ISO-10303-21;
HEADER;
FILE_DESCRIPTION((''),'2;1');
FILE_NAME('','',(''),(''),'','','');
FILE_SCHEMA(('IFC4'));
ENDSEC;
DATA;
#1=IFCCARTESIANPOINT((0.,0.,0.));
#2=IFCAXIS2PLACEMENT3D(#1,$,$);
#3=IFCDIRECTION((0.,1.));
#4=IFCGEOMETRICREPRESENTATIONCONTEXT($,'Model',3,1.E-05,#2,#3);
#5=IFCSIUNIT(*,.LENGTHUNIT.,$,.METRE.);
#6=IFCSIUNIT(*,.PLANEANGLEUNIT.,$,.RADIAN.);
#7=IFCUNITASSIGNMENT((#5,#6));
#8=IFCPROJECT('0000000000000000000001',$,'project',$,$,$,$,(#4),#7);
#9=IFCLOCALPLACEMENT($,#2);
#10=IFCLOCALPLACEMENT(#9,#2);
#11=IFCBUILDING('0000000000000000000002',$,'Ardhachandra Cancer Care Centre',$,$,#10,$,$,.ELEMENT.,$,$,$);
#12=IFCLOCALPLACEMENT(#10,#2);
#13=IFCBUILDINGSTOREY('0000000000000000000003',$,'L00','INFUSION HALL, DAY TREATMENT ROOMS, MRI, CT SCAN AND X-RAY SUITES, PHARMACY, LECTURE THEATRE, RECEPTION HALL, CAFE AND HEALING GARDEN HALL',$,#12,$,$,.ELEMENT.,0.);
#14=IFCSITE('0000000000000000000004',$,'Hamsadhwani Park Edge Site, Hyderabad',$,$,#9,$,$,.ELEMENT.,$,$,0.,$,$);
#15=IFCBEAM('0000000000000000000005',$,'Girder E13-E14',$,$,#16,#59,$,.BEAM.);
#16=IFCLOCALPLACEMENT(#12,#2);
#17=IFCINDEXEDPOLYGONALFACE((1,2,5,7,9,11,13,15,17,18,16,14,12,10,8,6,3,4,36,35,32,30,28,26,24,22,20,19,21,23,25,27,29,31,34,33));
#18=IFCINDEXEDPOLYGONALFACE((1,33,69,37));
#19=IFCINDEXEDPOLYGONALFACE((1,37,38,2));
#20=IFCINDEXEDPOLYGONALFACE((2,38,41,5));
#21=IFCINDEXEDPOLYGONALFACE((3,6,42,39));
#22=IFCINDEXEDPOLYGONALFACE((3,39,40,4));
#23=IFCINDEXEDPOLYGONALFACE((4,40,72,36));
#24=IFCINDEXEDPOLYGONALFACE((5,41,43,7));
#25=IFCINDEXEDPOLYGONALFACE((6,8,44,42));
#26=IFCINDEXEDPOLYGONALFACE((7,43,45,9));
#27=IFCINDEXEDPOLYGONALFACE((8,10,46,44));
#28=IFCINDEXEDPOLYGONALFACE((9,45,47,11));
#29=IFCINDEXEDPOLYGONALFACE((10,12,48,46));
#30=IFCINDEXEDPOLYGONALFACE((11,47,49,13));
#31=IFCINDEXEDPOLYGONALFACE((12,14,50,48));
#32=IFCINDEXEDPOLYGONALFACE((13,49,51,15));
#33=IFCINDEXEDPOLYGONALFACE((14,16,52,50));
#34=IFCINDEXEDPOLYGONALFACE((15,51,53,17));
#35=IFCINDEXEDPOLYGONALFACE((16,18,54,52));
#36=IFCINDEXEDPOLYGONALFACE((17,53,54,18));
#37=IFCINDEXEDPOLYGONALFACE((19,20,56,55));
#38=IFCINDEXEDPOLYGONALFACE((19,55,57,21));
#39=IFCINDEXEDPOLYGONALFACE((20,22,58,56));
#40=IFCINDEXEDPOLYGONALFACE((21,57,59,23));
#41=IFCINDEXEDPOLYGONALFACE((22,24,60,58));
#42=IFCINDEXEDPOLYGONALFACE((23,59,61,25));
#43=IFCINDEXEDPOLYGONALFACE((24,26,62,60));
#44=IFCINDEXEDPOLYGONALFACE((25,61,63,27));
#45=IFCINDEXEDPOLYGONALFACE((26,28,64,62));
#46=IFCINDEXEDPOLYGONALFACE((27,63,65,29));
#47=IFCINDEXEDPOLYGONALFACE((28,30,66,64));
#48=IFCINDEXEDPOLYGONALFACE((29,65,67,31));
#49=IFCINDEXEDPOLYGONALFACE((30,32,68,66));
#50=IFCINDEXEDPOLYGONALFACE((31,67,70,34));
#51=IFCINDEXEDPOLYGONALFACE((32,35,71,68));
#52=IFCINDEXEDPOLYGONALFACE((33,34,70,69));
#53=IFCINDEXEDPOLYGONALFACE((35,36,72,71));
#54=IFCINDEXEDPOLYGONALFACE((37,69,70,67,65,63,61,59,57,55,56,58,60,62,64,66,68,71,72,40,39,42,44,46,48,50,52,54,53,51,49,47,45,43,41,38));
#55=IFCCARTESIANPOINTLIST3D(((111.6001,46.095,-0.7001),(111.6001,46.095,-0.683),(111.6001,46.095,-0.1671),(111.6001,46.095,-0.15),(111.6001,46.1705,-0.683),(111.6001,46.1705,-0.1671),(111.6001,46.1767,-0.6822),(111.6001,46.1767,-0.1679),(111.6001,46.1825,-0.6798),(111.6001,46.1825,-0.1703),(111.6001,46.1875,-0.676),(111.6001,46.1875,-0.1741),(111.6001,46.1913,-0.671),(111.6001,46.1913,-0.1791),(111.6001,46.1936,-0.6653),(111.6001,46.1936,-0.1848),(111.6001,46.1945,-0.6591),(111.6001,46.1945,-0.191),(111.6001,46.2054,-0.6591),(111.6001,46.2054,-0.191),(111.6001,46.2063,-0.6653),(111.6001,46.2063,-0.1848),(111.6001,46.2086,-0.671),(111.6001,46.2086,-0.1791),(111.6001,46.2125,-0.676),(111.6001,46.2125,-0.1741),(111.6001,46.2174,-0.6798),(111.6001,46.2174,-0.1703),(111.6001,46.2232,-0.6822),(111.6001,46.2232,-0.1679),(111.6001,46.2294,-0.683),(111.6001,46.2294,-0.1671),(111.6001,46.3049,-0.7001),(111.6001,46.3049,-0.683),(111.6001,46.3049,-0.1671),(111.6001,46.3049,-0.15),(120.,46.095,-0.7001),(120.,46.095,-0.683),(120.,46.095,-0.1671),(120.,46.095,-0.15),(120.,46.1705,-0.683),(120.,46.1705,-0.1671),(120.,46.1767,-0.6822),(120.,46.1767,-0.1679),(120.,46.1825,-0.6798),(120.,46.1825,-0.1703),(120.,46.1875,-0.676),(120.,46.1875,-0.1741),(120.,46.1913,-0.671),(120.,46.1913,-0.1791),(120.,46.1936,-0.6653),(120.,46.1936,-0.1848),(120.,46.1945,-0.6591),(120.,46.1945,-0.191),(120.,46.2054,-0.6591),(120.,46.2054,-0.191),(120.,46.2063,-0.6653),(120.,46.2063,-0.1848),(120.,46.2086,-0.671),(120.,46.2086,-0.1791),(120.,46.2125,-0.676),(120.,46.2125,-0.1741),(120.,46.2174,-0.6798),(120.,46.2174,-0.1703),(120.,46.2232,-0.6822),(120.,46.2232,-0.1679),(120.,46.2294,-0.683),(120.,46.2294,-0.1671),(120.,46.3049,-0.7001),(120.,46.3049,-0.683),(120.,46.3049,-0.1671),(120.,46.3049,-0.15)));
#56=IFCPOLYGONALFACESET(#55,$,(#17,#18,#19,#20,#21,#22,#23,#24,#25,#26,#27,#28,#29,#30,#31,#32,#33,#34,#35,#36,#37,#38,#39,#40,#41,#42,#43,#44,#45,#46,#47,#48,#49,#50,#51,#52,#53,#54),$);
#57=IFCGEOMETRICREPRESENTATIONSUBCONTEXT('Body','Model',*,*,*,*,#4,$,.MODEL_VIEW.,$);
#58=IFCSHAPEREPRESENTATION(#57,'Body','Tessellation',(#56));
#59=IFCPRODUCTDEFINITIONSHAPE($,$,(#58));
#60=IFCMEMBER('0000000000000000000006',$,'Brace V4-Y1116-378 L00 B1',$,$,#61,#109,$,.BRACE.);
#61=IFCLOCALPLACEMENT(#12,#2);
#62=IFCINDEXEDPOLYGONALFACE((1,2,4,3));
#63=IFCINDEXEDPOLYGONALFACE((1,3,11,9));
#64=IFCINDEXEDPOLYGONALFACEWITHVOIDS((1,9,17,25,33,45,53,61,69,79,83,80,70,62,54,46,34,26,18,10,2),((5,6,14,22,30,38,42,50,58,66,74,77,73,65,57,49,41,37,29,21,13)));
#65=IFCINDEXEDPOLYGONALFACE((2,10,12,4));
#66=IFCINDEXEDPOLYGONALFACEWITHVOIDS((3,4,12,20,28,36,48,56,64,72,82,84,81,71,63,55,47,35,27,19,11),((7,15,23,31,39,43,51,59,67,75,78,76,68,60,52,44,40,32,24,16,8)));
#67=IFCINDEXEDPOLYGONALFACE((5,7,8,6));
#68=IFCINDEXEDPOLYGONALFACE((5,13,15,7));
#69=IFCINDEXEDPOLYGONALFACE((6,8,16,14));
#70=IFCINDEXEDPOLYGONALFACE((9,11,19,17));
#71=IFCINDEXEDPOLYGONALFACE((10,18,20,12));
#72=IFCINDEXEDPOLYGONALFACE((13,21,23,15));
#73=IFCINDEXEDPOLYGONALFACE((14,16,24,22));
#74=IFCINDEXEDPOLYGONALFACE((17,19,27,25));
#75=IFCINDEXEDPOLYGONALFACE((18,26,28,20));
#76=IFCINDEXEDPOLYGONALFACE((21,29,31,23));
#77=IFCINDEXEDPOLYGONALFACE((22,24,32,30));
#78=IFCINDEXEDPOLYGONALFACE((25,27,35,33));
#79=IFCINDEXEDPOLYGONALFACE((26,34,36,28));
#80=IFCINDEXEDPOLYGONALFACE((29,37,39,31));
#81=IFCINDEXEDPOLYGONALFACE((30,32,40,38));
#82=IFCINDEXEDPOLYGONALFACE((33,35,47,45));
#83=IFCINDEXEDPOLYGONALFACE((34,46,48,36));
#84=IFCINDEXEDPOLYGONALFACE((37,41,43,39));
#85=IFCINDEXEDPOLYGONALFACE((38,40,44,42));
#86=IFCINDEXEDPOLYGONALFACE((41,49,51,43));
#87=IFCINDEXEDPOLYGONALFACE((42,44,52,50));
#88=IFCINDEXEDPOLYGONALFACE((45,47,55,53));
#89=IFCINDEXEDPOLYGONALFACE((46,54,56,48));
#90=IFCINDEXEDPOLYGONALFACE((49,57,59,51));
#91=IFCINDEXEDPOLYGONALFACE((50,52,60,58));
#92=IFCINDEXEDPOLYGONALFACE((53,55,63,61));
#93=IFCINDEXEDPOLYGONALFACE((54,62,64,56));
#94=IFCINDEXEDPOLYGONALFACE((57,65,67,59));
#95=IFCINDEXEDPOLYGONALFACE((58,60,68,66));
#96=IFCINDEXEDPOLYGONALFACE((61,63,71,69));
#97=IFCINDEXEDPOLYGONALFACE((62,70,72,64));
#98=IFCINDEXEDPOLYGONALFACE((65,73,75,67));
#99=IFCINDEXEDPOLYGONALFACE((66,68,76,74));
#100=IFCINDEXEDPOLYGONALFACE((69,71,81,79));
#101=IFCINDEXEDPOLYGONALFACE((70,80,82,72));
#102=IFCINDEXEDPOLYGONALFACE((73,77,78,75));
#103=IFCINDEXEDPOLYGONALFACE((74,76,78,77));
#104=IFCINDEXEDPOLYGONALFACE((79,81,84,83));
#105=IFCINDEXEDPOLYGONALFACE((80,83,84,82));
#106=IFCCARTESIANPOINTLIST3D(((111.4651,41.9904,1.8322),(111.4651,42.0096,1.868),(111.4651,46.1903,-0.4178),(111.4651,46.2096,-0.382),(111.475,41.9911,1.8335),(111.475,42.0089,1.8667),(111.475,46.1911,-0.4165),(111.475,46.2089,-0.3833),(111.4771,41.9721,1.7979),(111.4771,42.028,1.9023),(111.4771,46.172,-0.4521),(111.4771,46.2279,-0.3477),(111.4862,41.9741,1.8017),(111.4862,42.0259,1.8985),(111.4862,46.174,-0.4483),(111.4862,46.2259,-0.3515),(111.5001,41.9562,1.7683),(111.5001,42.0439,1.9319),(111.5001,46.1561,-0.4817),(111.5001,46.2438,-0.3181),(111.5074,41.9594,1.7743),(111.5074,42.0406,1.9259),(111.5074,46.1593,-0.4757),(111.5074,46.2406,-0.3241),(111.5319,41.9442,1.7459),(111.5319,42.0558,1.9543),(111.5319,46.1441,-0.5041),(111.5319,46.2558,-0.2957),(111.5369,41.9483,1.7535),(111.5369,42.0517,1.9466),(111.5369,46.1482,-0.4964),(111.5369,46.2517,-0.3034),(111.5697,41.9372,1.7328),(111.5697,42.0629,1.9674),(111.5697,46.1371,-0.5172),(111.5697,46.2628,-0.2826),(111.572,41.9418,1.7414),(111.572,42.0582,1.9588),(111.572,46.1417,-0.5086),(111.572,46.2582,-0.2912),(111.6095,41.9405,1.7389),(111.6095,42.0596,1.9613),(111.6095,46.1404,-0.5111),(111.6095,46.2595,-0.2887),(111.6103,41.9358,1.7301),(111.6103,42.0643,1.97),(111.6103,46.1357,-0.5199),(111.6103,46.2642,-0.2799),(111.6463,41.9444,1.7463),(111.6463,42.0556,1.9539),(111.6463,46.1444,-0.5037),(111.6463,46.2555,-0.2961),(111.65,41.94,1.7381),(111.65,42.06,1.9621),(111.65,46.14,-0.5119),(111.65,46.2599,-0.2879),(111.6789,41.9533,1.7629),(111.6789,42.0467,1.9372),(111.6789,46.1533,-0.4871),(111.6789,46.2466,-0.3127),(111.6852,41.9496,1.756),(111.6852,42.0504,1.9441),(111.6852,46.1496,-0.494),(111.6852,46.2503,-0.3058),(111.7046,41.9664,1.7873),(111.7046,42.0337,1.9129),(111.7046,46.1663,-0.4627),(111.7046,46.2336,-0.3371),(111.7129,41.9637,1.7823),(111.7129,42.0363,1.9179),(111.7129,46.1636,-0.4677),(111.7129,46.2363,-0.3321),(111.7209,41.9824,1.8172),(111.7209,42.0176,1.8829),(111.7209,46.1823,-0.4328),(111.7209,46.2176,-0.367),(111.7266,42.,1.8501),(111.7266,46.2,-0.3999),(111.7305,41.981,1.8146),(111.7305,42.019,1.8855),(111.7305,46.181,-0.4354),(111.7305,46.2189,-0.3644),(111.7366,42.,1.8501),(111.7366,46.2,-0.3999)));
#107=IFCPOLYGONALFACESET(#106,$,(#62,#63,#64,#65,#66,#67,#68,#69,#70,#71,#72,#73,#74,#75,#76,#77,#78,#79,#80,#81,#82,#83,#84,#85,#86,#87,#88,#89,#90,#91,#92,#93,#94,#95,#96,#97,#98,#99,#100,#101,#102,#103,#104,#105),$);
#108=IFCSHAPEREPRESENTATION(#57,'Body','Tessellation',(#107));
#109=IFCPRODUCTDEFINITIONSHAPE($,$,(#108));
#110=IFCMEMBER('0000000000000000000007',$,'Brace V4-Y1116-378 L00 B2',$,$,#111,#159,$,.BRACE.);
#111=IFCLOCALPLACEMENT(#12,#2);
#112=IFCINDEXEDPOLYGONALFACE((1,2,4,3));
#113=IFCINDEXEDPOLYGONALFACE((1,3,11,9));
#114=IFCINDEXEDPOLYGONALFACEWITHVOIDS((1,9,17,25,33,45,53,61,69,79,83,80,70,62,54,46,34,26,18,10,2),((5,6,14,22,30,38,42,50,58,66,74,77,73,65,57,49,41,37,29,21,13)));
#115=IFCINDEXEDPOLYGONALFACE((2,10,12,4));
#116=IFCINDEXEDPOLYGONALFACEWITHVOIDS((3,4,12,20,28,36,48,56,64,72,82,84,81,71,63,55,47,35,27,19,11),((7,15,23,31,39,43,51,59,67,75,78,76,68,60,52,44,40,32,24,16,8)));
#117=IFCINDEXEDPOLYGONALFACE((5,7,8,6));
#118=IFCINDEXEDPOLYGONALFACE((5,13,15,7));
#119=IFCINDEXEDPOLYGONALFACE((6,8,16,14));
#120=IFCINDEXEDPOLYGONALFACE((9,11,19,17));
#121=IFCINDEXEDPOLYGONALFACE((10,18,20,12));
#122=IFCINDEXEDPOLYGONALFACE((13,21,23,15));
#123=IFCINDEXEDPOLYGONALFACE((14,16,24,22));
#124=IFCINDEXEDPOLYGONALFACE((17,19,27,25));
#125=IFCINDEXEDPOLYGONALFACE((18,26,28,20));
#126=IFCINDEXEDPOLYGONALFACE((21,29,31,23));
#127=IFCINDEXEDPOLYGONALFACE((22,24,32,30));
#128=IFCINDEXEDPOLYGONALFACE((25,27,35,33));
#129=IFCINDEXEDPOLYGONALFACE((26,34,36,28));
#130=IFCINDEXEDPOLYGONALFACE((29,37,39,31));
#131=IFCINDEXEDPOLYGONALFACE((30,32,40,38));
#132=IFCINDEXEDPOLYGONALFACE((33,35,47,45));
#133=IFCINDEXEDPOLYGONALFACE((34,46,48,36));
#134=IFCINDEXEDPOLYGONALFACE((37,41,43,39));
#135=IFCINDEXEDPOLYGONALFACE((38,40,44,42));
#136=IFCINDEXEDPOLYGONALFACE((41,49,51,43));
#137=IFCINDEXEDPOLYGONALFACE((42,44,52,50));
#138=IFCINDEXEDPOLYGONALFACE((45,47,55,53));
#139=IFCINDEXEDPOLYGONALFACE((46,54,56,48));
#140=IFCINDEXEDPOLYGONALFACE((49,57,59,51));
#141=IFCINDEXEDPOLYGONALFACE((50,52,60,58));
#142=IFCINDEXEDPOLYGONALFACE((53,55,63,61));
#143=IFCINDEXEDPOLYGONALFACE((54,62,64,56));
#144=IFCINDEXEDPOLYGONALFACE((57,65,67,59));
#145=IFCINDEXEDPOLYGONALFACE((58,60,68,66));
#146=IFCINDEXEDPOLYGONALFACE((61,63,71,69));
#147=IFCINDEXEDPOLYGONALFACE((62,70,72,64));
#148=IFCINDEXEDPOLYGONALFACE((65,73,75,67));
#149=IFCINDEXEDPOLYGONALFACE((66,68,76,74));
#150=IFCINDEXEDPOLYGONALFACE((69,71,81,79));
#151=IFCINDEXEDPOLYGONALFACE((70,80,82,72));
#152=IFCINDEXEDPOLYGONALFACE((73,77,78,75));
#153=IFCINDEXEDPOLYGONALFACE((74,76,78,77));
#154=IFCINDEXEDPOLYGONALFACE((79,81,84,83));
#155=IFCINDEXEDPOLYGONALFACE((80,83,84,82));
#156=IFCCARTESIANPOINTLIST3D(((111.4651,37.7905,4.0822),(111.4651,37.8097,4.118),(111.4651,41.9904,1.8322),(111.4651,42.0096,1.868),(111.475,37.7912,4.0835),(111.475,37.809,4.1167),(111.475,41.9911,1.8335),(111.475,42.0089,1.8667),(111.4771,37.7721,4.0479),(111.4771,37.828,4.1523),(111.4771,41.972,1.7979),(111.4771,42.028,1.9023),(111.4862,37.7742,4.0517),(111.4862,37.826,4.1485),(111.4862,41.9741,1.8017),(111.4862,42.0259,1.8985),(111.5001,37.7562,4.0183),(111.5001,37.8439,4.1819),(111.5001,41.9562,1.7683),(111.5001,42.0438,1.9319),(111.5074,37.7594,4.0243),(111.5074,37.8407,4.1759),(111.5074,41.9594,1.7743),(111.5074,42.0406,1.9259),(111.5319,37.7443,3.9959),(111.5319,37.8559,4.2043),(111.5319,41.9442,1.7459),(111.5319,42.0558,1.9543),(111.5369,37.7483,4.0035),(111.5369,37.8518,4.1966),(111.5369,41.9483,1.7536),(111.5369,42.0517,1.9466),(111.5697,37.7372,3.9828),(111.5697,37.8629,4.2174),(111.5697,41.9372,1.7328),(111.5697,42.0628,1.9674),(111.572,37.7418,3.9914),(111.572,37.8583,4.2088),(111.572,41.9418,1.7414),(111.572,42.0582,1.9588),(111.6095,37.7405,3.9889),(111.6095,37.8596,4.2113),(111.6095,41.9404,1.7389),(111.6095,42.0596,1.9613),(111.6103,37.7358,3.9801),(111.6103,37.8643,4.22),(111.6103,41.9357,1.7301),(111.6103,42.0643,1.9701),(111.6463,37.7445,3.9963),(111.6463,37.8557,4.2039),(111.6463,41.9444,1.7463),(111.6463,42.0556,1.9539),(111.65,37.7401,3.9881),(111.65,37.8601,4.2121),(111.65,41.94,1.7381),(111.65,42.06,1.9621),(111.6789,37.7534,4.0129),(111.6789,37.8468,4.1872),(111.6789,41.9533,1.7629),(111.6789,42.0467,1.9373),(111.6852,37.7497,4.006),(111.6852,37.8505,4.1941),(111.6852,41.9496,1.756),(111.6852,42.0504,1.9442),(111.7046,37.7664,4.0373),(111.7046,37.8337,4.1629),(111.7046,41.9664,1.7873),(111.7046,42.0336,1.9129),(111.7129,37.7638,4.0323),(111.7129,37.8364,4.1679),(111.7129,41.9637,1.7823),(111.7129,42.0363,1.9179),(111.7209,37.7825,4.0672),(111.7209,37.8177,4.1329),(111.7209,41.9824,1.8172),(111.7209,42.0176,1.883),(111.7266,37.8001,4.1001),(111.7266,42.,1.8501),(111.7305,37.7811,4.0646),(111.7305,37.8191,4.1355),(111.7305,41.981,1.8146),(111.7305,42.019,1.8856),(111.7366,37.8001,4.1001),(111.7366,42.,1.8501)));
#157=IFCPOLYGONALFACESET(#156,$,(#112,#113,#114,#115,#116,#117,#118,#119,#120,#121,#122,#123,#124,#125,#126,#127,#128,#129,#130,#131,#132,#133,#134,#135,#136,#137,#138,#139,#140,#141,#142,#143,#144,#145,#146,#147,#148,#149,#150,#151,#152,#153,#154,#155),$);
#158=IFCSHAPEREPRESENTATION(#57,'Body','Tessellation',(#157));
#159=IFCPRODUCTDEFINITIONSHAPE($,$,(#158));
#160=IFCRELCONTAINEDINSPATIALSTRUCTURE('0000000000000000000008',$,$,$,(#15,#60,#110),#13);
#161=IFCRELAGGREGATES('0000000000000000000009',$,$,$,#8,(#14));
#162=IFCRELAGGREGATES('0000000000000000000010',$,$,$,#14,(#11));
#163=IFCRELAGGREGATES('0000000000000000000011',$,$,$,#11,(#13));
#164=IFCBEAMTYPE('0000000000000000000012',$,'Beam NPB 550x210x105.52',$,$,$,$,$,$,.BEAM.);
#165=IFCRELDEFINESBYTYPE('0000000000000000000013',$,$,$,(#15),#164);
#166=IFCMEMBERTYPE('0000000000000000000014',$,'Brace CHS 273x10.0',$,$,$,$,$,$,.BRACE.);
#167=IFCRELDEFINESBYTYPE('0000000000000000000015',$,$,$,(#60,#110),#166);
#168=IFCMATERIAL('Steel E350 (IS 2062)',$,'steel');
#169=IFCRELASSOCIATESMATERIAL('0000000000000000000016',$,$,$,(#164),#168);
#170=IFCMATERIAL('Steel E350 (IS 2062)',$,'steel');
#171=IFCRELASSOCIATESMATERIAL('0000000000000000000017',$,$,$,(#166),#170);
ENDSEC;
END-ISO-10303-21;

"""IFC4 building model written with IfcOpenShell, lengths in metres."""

from ifc_helpers import new_model, si_unit, direction, frame, origin, origin_2d, place, context, subcontext, project, spatial, hollow_circle, i_section, extrude, material, material_profile, profile_set, type_object, element, save


model = new_model("IFC4")

# Units and contexts
model_context = context("Model", 3, precision=1e-05, world=origin(), true_north=direction((0.0, 1.0)))
body_context = subcontext(model_context, "Body", "Model", "MODEL_VIEW")
ifc_project = project(units=[si_unit("LENGTHUNIT", "METRE"), si_unit("PLANEANGLEUNIT", "RADIAN")], contexts=[model_context])

# Site, building, storey
site_placement = place(None, origin())
site = spatial("IfcSite", under=ifc_project, at=site_placement, Name="Hamsadhwani Park Edge Site, Hyderabad", CompositionType="ELEMENT", RefElevation=0.0)
building_placement = place(site_placement, origin())
building = spatial("IfcBuilding", under=site, at=building_placement, Name="Ardhachandra Cancer Care Centre", CompositionType="ELEMENT")
storey_placement = place(building_placement, origin())
storey = spatial("IfcBuildingStorey", under=building, at=storey_placement, Name="L00", Description="INFUSION HALL, DAY TREATMENT ROOMS, MRI, CT SCAN AND X-RAY SUITES, PHARMACY, LECTURE THEATRE, RECEPTION HALL, CAFE AND HEALING GARDEN HALL", CompositionType="ELEMENT", Elevation=0.0)

# Beam
ifc_material_1 = material(Name="Steel E350 (IS 2062)", Category="steel")
ifc_material_profile_1 = material_profile(ifc_material_1, i_section(OverallWidth=0.21, OverallDepth=0.55, WebThickness=0.011, FlangeThickness=0.0171, FilletRadius=0.0239, at=origin_2d()), Name="NPB 550x210x105.52")
ifc_profile_set_1 = profile_set([ifc_material_profile_1], Name="Steel E350 (IS 2062)")
beam_type_1 = type_object("IfcBeamType", Name="Beam NPB 550x210x105.52", PredefinedType="BEAM", material=ifc_profile_set_1)
beam_1_placement = place(storey_placement, frame((111.6001, 46.2, -0.425), z_axis=(1.0, 0.0, 0.0), x_axis=(0.0, 1.0, 0.0)))
element("IfcBeam", 1, at=beam_1_placement, inside=storey, type_object=beam_type_1, Name="Girder E13-E14", PredefinedType="BEAM", context=body_context, shape_type="SweptSolid", body=[
    extrude(i_section(OverallWidth=0.21, OverallDepth=0.55, WebThickness=0.011, FlangeThickness=0.0171, FilletRadius=0.0239, at=origin_2d()), origin(), (0.0, 0.0, 1.0), 8.3999),
])

# Members
ifc_material_2 = material(Name="Steel E350 (IS 2062)", Category="steel")
ifc_material_profile_2 = material_profile(ifc_material_2, hollow_circle(Radius=0.1365, WallThickness=0.01, at=origin_2d()), Name="CHS 273x10.0")
ifc_profile_set_2 = profile_set([ifc_material_profile_2], Name="Steel E350 (IS 2062)")
member_type_1 = type_object("IfcMemberType", Name="Brace CHS 273x10.0", PredefinedType="BRACE", material=ifc_profile_set_2)
for number, where, z_axis, x_axis, name in (
    (2, (111.6001, 46.2, -0.3999), (0.0, -0.881478, 0.472226), (1.0, 0.0, 0.0), "Brace V4-Y1116-378 L00 B1"),
    (3, (111.6001, 42.0, 1.8501), (0.0, -0.881478, 0.472226), (1.0, 0.0, 0.0), "Brace V4-Y1116-378 L00 B2"),
):
    element("IfcMember", number, at=place(storey_placement, frame(where, z_axis=z_axis, x_axis=x_axis)), inside=storey, type_object=member_type_1, Name=name, PredefinedType="BRACE", context=body_context, shape_type="SweptSolid", body=[
        extrude(hollow_circle(Radius=0.1365, WallThickness=0.01, at=origin_2d()), origin(), (0.0, 0.0, 1.0), 4.7646),
    ])

save(model, "model.ifc")
